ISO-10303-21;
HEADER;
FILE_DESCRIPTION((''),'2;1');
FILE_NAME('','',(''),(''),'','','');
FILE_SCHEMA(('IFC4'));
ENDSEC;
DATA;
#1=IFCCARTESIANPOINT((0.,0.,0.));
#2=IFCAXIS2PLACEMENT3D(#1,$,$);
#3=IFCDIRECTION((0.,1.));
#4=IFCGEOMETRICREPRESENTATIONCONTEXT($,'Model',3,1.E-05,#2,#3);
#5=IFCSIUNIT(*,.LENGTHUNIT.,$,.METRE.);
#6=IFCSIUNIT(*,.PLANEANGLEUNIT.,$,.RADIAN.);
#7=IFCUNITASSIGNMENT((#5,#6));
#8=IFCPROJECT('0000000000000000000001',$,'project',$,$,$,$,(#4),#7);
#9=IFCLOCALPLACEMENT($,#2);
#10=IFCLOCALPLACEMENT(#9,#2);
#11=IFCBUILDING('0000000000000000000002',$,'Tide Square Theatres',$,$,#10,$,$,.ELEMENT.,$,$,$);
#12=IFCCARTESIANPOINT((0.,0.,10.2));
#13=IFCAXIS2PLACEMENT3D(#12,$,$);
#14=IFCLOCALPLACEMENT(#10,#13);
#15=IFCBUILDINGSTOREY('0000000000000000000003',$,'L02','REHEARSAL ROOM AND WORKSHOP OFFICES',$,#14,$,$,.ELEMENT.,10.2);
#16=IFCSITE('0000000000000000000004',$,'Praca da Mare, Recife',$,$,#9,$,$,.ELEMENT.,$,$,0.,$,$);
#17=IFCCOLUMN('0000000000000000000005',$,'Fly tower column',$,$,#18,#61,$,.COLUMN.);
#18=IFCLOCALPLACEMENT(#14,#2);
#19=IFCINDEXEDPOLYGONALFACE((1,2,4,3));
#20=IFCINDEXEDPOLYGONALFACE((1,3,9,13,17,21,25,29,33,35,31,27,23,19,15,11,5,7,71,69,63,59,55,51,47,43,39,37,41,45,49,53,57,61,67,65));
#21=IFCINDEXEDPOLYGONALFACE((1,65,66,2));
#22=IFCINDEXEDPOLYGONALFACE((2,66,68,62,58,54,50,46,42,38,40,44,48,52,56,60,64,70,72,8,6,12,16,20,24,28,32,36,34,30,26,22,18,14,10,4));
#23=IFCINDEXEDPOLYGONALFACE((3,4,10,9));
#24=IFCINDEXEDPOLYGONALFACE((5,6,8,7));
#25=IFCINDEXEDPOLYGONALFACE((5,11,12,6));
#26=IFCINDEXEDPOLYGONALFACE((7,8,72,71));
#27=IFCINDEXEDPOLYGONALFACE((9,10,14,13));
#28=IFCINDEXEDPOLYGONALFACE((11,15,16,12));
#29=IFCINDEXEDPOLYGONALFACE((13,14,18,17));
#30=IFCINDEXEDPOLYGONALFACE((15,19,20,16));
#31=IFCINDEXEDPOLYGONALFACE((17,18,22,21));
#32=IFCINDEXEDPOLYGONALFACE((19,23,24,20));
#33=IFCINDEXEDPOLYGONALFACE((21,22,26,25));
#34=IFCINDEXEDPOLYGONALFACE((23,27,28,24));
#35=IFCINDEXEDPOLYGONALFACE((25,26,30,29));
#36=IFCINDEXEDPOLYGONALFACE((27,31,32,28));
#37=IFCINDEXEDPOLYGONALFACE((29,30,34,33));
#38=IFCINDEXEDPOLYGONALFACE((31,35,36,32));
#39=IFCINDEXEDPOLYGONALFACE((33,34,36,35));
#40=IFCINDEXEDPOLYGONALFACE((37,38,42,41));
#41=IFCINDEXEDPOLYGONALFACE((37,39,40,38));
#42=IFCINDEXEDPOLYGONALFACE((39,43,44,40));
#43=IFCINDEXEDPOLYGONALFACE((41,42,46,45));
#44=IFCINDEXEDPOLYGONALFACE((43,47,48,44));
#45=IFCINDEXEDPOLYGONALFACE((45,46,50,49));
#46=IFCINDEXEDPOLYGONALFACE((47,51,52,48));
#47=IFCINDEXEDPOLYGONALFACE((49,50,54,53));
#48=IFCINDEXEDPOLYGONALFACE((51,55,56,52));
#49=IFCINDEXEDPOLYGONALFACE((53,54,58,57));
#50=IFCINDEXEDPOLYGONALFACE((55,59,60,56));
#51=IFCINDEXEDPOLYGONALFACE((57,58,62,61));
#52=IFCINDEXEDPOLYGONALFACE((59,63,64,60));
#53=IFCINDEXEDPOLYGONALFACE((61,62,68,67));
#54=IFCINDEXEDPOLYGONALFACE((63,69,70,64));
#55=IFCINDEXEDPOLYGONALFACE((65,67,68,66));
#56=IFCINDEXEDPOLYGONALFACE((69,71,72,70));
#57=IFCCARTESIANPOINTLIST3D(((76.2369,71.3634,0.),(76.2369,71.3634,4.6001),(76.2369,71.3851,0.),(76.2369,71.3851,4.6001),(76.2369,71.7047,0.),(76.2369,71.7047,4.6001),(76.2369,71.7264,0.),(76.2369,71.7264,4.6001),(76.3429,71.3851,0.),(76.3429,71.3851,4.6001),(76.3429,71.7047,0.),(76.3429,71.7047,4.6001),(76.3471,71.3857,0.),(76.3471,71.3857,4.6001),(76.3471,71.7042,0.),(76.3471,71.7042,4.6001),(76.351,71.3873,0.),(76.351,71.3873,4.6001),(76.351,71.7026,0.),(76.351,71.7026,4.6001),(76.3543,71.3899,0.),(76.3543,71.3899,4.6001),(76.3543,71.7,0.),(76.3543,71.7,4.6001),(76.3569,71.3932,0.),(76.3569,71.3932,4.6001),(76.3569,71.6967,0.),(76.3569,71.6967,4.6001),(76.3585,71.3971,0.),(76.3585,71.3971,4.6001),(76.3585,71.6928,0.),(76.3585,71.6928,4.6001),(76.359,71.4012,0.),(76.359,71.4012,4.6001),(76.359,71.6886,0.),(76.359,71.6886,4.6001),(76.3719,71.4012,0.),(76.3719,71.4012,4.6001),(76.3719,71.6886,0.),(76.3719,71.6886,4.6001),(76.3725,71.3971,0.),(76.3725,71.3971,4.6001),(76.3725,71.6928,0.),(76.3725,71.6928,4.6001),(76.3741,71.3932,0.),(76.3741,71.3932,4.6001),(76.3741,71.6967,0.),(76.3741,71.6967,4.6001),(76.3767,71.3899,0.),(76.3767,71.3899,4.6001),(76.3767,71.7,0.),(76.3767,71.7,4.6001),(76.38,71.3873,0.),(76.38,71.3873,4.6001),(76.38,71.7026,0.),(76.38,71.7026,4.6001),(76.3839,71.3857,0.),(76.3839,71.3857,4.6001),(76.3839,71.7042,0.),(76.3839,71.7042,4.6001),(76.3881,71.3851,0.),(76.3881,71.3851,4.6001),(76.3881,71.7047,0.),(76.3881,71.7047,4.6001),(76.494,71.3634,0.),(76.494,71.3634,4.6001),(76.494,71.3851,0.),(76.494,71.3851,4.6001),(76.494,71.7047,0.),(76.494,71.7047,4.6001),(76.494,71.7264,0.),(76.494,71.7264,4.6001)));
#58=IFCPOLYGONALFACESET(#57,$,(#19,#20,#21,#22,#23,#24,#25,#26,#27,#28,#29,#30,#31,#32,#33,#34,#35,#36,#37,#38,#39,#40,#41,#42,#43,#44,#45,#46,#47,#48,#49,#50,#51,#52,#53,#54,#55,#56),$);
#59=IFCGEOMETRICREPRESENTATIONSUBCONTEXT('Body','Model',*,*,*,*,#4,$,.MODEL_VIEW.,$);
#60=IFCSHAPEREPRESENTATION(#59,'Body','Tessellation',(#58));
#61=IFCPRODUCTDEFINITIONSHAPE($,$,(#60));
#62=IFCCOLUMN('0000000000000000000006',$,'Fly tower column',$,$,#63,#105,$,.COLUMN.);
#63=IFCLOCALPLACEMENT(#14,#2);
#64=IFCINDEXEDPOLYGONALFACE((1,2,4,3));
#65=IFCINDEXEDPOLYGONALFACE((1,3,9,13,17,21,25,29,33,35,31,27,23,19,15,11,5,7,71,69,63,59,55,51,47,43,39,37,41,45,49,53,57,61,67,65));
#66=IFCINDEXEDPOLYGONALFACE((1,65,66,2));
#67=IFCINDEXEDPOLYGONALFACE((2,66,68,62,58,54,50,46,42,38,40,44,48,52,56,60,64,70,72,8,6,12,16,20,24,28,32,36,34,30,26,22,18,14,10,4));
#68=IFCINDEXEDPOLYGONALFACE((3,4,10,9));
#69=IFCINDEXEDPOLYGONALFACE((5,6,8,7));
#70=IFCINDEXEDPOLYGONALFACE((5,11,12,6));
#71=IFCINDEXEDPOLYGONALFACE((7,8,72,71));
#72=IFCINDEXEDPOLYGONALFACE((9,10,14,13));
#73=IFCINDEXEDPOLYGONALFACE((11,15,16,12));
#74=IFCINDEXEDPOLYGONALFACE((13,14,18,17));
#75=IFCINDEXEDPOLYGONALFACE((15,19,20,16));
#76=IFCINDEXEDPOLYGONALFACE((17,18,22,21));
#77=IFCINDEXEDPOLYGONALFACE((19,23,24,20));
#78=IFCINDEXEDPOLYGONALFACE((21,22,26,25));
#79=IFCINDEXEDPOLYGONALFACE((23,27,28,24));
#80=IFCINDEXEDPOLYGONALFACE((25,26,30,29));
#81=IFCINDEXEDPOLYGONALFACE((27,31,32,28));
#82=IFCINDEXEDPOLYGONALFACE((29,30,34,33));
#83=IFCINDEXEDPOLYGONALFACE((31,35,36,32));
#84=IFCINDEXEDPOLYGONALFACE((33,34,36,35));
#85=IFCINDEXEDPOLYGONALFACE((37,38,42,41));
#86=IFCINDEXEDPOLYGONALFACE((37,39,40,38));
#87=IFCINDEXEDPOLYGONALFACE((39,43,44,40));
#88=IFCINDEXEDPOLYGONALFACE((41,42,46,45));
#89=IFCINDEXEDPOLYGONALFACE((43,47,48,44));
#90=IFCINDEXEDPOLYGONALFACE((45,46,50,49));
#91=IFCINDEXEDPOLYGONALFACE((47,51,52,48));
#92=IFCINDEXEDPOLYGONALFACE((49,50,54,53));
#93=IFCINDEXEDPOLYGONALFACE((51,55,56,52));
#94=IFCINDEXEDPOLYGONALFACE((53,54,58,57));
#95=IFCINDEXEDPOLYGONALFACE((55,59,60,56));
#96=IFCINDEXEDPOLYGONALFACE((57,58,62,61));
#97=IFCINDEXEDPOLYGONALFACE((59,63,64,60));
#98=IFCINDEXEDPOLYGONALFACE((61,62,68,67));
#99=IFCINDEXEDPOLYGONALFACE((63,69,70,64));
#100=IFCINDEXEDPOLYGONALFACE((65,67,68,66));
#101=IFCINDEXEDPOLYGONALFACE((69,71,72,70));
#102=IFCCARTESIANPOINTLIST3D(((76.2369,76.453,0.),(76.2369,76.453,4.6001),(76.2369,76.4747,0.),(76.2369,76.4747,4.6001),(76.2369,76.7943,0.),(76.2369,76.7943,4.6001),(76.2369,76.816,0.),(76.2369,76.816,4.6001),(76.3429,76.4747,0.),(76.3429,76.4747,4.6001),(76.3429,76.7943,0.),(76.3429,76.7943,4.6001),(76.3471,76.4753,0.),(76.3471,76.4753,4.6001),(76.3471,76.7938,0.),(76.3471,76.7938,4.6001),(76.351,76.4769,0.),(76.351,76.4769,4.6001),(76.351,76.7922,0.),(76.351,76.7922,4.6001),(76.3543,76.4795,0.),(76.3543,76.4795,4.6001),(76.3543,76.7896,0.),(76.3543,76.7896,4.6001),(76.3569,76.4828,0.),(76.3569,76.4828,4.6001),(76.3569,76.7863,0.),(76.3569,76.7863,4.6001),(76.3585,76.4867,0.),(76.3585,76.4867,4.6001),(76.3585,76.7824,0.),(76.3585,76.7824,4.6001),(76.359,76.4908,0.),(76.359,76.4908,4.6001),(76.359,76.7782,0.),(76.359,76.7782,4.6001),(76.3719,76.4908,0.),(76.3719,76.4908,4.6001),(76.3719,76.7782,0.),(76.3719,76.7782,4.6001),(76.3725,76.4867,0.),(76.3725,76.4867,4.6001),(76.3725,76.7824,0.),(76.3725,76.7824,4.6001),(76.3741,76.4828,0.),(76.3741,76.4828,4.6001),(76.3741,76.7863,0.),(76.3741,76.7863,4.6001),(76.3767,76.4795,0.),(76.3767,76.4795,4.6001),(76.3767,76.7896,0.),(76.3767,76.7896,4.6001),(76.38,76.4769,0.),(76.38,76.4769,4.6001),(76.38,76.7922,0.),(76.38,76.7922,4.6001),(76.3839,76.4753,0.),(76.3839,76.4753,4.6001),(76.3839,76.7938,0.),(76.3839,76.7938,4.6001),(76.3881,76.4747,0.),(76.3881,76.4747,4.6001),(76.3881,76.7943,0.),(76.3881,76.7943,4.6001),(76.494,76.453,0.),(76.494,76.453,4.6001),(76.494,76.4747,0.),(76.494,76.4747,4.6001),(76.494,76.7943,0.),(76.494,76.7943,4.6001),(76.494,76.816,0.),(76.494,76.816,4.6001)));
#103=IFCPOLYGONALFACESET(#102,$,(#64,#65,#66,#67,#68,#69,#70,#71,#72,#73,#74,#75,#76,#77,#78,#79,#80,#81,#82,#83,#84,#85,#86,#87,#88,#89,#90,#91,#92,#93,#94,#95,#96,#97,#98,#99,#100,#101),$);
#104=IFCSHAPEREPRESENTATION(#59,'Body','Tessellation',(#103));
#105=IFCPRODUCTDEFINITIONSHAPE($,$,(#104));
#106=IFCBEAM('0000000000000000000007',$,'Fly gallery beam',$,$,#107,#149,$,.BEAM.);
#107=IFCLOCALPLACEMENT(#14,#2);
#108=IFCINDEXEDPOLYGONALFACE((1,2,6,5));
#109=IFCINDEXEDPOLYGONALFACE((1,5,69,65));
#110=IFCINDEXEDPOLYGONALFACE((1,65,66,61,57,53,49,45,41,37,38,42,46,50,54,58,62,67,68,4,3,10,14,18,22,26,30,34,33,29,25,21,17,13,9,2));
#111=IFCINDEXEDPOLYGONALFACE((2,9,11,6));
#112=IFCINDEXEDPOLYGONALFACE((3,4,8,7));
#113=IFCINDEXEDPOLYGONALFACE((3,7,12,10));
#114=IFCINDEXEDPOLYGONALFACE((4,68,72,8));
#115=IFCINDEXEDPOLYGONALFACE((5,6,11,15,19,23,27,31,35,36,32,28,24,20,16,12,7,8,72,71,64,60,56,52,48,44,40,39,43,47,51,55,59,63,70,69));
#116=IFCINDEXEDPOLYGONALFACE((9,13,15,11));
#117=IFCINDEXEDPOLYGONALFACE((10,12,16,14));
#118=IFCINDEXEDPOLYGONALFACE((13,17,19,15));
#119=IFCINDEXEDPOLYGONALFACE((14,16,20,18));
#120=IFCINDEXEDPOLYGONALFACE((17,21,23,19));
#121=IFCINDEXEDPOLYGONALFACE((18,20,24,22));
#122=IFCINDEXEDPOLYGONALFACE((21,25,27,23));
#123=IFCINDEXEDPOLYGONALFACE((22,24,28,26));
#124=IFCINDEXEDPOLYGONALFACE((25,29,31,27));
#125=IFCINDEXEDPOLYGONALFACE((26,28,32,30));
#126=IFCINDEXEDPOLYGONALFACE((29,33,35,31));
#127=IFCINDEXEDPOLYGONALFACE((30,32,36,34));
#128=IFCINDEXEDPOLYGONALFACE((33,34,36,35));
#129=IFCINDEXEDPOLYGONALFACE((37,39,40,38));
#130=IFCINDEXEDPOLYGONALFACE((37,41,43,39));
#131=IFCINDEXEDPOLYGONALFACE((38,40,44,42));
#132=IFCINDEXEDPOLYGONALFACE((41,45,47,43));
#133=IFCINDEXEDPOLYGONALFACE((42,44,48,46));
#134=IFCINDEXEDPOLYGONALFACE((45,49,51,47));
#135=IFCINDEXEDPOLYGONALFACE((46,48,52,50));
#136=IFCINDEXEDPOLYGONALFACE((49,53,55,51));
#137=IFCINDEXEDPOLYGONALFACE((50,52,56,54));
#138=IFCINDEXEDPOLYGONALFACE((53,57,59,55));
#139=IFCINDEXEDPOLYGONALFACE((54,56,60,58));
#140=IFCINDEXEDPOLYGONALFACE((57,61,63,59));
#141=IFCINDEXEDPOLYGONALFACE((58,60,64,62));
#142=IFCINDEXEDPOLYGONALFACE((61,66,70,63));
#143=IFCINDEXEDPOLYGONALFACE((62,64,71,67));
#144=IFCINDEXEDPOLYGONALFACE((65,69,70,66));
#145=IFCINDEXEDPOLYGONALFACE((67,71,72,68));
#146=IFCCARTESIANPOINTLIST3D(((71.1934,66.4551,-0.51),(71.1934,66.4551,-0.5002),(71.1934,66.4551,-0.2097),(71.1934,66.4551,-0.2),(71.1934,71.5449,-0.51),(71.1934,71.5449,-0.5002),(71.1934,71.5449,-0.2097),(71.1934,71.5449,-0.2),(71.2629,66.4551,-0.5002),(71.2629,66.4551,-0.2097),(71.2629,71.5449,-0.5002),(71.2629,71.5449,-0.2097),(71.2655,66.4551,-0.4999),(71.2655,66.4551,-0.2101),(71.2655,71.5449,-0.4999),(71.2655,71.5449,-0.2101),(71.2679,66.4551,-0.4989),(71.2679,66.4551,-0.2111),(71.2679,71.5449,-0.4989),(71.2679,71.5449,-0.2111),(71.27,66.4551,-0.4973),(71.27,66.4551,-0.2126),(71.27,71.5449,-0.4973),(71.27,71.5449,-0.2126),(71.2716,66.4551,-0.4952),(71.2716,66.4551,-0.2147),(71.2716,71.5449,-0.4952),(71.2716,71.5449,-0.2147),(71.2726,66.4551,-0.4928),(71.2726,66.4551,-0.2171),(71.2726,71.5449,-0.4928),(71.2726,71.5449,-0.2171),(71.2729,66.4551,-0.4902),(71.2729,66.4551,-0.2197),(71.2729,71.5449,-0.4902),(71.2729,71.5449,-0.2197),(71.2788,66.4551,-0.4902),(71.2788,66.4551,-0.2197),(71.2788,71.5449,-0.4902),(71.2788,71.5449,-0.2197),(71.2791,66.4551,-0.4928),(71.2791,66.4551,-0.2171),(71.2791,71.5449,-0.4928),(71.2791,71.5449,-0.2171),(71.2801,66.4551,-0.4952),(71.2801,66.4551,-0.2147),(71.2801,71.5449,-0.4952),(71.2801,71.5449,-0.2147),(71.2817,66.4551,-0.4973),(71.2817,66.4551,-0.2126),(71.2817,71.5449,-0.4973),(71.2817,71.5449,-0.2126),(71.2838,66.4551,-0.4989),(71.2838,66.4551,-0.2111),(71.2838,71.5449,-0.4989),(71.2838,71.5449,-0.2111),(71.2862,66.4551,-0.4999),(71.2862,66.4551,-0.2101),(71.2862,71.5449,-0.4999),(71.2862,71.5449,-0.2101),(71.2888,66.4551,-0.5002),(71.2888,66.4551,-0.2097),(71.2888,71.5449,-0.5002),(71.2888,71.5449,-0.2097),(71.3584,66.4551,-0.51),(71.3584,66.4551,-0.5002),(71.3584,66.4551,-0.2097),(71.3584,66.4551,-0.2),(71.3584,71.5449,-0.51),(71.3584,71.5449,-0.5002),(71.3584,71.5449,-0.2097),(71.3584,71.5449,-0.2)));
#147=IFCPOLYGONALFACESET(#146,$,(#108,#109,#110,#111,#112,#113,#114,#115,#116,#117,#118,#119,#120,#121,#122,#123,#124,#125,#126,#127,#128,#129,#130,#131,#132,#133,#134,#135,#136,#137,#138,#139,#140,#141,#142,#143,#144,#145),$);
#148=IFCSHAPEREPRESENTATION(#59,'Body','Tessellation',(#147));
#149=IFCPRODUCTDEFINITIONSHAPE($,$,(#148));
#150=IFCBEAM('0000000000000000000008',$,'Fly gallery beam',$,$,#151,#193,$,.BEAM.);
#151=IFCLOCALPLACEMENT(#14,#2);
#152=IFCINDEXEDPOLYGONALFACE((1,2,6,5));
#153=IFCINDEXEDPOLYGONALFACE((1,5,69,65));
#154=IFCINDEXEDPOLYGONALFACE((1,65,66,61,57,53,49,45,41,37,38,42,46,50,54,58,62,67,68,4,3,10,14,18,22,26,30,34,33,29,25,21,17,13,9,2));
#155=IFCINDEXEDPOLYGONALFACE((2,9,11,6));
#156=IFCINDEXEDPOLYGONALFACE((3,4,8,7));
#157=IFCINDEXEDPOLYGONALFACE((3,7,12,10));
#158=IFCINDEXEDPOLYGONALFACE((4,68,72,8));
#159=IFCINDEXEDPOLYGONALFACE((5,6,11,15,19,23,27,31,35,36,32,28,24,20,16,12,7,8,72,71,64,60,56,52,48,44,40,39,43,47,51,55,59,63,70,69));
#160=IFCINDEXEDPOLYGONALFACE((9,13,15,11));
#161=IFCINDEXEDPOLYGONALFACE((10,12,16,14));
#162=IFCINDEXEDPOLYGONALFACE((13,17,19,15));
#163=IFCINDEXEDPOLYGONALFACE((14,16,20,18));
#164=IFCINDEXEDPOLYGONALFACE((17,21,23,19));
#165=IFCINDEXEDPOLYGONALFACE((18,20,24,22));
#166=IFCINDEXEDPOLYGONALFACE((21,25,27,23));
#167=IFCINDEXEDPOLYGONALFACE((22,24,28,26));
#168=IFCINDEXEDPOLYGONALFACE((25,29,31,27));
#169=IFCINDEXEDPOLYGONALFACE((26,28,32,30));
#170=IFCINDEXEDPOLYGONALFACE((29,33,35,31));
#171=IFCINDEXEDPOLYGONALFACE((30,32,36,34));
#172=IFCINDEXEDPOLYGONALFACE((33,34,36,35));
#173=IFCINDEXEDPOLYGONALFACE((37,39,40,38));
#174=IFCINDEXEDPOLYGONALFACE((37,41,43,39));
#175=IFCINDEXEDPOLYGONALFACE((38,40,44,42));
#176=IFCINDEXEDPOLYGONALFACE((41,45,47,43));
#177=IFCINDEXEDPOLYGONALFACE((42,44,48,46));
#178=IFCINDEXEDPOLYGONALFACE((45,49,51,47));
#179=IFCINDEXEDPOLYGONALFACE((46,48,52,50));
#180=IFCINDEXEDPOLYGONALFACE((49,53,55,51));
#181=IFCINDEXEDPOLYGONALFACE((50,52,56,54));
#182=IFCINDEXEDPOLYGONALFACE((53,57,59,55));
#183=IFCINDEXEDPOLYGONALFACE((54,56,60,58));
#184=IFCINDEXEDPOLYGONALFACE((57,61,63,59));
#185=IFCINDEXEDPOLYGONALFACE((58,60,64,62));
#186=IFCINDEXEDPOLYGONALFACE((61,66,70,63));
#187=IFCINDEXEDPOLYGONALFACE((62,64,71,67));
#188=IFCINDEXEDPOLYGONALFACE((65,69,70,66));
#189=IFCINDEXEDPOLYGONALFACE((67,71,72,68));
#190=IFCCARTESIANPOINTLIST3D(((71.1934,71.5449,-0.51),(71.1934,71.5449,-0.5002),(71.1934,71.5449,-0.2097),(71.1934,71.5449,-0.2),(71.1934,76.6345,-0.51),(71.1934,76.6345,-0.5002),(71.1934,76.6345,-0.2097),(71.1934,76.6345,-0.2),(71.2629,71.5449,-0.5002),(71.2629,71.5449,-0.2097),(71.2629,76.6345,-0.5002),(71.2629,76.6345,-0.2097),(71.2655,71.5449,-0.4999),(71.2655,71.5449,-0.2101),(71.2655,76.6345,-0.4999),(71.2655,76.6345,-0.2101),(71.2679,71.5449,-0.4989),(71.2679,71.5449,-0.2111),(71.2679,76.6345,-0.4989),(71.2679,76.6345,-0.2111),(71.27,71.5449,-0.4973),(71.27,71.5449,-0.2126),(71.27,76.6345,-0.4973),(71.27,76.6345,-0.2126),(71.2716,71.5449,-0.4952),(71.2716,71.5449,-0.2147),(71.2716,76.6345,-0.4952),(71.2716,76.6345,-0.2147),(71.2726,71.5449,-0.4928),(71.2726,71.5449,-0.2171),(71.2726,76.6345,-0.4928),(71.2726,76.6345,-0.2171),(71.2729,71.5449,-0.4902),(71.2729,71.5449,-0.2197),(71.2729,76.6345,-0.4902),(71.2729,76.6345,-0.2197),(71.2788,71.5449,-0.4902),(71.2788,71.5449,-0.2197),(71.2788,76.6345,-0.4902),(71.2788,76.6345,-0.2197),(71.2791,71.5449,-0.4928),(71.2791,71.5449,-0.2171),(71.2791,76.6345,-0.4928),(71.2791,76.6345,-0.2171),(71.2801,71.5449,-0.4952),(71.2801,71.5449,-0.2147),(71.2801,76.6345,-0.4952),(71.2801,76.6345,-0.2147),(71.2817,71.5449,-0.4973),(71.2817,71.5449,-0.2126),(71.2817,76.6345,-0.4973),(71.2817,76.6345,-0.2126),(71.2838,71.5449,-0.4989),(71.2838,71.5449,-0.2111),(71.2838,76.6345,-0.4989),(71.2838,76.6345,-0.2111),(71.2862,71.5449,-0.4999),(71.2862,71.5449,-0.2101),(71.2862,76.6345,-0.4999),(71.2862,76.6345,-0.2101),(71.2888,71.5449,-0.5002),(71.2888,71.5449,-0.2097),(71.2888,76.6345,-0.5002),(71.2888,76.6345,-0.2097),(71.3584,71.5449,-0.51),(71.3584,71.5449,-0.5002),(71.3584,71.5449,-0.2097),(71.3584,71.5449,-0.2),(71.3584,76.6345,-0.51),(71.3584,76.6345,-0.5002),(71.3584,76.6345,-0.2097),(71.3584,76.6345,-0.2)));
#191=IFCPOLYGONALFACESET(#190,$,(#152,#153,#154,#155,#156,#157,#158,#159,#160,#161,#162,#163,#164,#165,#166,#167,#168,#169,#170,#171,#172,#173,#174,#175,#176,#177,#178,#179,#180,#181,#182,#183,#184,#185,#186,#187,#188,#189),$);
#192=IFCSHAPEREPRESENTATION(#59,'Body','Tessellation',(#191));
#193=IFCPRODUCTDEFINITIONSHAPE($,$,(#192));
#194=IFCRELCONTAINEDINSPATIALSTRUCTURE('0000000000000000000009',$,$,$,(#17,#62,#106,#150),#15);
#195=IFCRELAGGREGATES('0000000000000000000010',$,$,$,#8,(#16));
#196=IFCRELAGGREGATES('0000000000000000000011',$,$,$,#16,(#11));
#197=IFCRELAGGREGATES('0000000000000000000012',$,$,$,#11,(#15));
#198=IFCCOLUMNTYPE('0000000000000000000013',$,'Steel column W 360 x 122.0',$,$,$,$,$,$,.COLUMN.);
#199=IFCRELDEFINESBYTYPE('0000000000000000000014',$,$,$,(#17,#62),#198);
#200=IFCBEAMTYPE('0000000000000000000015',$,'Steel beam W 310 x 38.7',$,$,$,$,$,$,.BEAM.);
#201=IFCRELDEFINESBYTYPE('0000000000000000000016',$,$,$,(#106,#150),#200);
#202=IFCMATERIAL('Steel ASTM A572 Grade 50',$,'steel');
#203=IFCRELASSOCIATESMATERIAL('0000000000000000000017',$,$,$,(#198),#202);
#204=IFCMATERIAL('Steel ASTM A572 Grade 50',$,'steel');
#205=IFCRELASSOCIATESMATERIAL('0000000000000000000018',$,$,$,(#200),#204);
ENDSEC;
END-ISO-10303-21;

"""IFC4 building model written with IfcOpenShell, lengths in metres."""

from ifc_helpers import new_model, si_unit, direction, frame, origin, origin_2d, place, context, subcontext, project, spatial, i_section, extrude, material, material_profile, profile_set, type_object, element, save


model = new_model("IFC4")

# Units and contexts
model_context = context("Model", 3, precision=1e-05, world=origin(), true_north=direction((0.0, 1.0)))
body_context = subcontext(model_context, "Body", "Model", "MODEL_VIEW")
ifc_project = project(units=[si_unit("LENGTHUNIT", "METRE"), si_unit("PLANEANGLEUNIT", "RADIAN")], contexts=[model_context])

# Site, building, storey
site_placement = place(None, origin())
site = spatial("IfcSite", under=ifc_project, at=site_placement, Name="Praca da Mare, Recife", CompositionType="ELEMENT", RefElevation=0.0)
building_placement = place(site_placement, origin())
building = spatial("IfcBuilding", under=site, at=building_placement, Name="Tide Square Theatres", CompositionType="ELEMENT")
storey_placement = place(building_placement, frame((0.0, 0.0, 10.2)))
storey = spatial("IfcBuildingStorey", under=building, at=storey_placement, Name="L02", Description="REHEARSAL ROOM AND WORKSHOP OFFICES", CompositionType="ELEMENT", Elevation=10.2)

# Columns
ifc_material_1 = material(Name="Steel ASTM A572 Grade 50", Category="steel")
ifc_material_profile_1 = material_profile(ifc_material_1, i_section(OverallWidth=0.2571, OverallDepth=0.363, WebThickness=0.0129, FlangeThickness=0.0217, FilletRadius=0.0161, at=origin_2d()))
ifc_profile_set_1 = profile_set([ifc_material_profile_1], Name="Steel ASTM A572 Grade 50")
column_type_1 = type_object("IfcColumnType", Name="Steel column W 360 x 122.0", PredefinedType="COLUMN", material=ifc_profile_set_1)
for number, where, z_axis, x_axis, name in (
    (1, (76.3655, 71.5449, 0.0), (0.0, 0.0, 1.0), (1.0, 0.0, 0.0), "Fly tower column"),
    (2, (76.3655, 76.6345, 0.0), (0.0, 0.0, 1.0), (1.0, 0.0, 0.0), "Fly tower column"),
):
    element("IfcColumn", number, at=place(storey_placement, frame(where, z_axis=z_axis, x_axis=x_axis)), inside=storey, type_object=column_type_1, Name=name, PredefinedType="COLUMN", context=body_context, shape_type="SweptSolid", body=[
        extrude(i_section(OverallWidth=0.2571, OverallDepth=0.363, WebThickness=0.0129, FlangeThickness=0.0217, FilletRadius=0.0161, at=origin_2d()), origin(), (0.0, 0.0, 1.0), 4.6001),
    ])

# Beams
ifc_material_2 = material(Name="Steel ASTM A572 Grade 50", Category="steel")
ifc_material_profile_2 = material_profile(ifc_material_2, i_section(OverallWidth=0.165, OverallDepth=0.3101, WebThickness=0.0059, FlangeThickness=0.0098, FilletRadius=0.01, at=origin_2d()))
ifc_profile_set_2 = profile_set([ifc_material_profile_2], Name="Steel ASTM A572 Grade 50")
beam_type = type_object("IfcBeamType", Name="Steel beam W 310 x 38.7", PredefinedType="BEAM", material=ifc_profile_set_2)
beam_placement = place(storey_placement, frame((71.2759, 66.4551, -0.355), z_axis=(0.0, 1.0, 0.0), x_axis=(-1.0, 0.0, 0.0)))
element("IfcBeam", 3, at=beam_placement, inside=storey, type_object=beam_type, Name="Fly gallery beam", PredefinedType="BEAM", context=body_context, shape_type="SweptSolid", body=[
    extrude(i_section(OverallWidth=0.165, OverallDepth=0.3101, WebThickness=0.0059, FlangeThickness=0.0098, FilletRadius=0.01, at=origin_2d()), origin(), (0.0, 0.0, 1.0), 5.0898),
])
for number, where, z_axis, x_axis, name in (
    (4, (71.2759, 71.5449, -0.355), (0.0, 1.0, 0.0), (-1.0, 0.0, 0.0), "Fly gallery beam"),
):
    element("IfcBeam", number, at=place(storey_placement, frame(where, z_axis=z_axis, x_axis=x_axis)), inside=storey, type_object=beam_type, Name=name, PredefinedType="BEAM", context=body_context, shape_type="SweptSolid", body=[
        extrude(i_section(OverallWidth=0.165, OverallDepth=0.3101, WebThickness=0.0059, FlangeThickness=0.0098, FilletRadius=0.01, at=origin_2d()), origin(), (0.0, 0.0, 1.0), 5.0896),
    ])

save(model, "model.ifc")
